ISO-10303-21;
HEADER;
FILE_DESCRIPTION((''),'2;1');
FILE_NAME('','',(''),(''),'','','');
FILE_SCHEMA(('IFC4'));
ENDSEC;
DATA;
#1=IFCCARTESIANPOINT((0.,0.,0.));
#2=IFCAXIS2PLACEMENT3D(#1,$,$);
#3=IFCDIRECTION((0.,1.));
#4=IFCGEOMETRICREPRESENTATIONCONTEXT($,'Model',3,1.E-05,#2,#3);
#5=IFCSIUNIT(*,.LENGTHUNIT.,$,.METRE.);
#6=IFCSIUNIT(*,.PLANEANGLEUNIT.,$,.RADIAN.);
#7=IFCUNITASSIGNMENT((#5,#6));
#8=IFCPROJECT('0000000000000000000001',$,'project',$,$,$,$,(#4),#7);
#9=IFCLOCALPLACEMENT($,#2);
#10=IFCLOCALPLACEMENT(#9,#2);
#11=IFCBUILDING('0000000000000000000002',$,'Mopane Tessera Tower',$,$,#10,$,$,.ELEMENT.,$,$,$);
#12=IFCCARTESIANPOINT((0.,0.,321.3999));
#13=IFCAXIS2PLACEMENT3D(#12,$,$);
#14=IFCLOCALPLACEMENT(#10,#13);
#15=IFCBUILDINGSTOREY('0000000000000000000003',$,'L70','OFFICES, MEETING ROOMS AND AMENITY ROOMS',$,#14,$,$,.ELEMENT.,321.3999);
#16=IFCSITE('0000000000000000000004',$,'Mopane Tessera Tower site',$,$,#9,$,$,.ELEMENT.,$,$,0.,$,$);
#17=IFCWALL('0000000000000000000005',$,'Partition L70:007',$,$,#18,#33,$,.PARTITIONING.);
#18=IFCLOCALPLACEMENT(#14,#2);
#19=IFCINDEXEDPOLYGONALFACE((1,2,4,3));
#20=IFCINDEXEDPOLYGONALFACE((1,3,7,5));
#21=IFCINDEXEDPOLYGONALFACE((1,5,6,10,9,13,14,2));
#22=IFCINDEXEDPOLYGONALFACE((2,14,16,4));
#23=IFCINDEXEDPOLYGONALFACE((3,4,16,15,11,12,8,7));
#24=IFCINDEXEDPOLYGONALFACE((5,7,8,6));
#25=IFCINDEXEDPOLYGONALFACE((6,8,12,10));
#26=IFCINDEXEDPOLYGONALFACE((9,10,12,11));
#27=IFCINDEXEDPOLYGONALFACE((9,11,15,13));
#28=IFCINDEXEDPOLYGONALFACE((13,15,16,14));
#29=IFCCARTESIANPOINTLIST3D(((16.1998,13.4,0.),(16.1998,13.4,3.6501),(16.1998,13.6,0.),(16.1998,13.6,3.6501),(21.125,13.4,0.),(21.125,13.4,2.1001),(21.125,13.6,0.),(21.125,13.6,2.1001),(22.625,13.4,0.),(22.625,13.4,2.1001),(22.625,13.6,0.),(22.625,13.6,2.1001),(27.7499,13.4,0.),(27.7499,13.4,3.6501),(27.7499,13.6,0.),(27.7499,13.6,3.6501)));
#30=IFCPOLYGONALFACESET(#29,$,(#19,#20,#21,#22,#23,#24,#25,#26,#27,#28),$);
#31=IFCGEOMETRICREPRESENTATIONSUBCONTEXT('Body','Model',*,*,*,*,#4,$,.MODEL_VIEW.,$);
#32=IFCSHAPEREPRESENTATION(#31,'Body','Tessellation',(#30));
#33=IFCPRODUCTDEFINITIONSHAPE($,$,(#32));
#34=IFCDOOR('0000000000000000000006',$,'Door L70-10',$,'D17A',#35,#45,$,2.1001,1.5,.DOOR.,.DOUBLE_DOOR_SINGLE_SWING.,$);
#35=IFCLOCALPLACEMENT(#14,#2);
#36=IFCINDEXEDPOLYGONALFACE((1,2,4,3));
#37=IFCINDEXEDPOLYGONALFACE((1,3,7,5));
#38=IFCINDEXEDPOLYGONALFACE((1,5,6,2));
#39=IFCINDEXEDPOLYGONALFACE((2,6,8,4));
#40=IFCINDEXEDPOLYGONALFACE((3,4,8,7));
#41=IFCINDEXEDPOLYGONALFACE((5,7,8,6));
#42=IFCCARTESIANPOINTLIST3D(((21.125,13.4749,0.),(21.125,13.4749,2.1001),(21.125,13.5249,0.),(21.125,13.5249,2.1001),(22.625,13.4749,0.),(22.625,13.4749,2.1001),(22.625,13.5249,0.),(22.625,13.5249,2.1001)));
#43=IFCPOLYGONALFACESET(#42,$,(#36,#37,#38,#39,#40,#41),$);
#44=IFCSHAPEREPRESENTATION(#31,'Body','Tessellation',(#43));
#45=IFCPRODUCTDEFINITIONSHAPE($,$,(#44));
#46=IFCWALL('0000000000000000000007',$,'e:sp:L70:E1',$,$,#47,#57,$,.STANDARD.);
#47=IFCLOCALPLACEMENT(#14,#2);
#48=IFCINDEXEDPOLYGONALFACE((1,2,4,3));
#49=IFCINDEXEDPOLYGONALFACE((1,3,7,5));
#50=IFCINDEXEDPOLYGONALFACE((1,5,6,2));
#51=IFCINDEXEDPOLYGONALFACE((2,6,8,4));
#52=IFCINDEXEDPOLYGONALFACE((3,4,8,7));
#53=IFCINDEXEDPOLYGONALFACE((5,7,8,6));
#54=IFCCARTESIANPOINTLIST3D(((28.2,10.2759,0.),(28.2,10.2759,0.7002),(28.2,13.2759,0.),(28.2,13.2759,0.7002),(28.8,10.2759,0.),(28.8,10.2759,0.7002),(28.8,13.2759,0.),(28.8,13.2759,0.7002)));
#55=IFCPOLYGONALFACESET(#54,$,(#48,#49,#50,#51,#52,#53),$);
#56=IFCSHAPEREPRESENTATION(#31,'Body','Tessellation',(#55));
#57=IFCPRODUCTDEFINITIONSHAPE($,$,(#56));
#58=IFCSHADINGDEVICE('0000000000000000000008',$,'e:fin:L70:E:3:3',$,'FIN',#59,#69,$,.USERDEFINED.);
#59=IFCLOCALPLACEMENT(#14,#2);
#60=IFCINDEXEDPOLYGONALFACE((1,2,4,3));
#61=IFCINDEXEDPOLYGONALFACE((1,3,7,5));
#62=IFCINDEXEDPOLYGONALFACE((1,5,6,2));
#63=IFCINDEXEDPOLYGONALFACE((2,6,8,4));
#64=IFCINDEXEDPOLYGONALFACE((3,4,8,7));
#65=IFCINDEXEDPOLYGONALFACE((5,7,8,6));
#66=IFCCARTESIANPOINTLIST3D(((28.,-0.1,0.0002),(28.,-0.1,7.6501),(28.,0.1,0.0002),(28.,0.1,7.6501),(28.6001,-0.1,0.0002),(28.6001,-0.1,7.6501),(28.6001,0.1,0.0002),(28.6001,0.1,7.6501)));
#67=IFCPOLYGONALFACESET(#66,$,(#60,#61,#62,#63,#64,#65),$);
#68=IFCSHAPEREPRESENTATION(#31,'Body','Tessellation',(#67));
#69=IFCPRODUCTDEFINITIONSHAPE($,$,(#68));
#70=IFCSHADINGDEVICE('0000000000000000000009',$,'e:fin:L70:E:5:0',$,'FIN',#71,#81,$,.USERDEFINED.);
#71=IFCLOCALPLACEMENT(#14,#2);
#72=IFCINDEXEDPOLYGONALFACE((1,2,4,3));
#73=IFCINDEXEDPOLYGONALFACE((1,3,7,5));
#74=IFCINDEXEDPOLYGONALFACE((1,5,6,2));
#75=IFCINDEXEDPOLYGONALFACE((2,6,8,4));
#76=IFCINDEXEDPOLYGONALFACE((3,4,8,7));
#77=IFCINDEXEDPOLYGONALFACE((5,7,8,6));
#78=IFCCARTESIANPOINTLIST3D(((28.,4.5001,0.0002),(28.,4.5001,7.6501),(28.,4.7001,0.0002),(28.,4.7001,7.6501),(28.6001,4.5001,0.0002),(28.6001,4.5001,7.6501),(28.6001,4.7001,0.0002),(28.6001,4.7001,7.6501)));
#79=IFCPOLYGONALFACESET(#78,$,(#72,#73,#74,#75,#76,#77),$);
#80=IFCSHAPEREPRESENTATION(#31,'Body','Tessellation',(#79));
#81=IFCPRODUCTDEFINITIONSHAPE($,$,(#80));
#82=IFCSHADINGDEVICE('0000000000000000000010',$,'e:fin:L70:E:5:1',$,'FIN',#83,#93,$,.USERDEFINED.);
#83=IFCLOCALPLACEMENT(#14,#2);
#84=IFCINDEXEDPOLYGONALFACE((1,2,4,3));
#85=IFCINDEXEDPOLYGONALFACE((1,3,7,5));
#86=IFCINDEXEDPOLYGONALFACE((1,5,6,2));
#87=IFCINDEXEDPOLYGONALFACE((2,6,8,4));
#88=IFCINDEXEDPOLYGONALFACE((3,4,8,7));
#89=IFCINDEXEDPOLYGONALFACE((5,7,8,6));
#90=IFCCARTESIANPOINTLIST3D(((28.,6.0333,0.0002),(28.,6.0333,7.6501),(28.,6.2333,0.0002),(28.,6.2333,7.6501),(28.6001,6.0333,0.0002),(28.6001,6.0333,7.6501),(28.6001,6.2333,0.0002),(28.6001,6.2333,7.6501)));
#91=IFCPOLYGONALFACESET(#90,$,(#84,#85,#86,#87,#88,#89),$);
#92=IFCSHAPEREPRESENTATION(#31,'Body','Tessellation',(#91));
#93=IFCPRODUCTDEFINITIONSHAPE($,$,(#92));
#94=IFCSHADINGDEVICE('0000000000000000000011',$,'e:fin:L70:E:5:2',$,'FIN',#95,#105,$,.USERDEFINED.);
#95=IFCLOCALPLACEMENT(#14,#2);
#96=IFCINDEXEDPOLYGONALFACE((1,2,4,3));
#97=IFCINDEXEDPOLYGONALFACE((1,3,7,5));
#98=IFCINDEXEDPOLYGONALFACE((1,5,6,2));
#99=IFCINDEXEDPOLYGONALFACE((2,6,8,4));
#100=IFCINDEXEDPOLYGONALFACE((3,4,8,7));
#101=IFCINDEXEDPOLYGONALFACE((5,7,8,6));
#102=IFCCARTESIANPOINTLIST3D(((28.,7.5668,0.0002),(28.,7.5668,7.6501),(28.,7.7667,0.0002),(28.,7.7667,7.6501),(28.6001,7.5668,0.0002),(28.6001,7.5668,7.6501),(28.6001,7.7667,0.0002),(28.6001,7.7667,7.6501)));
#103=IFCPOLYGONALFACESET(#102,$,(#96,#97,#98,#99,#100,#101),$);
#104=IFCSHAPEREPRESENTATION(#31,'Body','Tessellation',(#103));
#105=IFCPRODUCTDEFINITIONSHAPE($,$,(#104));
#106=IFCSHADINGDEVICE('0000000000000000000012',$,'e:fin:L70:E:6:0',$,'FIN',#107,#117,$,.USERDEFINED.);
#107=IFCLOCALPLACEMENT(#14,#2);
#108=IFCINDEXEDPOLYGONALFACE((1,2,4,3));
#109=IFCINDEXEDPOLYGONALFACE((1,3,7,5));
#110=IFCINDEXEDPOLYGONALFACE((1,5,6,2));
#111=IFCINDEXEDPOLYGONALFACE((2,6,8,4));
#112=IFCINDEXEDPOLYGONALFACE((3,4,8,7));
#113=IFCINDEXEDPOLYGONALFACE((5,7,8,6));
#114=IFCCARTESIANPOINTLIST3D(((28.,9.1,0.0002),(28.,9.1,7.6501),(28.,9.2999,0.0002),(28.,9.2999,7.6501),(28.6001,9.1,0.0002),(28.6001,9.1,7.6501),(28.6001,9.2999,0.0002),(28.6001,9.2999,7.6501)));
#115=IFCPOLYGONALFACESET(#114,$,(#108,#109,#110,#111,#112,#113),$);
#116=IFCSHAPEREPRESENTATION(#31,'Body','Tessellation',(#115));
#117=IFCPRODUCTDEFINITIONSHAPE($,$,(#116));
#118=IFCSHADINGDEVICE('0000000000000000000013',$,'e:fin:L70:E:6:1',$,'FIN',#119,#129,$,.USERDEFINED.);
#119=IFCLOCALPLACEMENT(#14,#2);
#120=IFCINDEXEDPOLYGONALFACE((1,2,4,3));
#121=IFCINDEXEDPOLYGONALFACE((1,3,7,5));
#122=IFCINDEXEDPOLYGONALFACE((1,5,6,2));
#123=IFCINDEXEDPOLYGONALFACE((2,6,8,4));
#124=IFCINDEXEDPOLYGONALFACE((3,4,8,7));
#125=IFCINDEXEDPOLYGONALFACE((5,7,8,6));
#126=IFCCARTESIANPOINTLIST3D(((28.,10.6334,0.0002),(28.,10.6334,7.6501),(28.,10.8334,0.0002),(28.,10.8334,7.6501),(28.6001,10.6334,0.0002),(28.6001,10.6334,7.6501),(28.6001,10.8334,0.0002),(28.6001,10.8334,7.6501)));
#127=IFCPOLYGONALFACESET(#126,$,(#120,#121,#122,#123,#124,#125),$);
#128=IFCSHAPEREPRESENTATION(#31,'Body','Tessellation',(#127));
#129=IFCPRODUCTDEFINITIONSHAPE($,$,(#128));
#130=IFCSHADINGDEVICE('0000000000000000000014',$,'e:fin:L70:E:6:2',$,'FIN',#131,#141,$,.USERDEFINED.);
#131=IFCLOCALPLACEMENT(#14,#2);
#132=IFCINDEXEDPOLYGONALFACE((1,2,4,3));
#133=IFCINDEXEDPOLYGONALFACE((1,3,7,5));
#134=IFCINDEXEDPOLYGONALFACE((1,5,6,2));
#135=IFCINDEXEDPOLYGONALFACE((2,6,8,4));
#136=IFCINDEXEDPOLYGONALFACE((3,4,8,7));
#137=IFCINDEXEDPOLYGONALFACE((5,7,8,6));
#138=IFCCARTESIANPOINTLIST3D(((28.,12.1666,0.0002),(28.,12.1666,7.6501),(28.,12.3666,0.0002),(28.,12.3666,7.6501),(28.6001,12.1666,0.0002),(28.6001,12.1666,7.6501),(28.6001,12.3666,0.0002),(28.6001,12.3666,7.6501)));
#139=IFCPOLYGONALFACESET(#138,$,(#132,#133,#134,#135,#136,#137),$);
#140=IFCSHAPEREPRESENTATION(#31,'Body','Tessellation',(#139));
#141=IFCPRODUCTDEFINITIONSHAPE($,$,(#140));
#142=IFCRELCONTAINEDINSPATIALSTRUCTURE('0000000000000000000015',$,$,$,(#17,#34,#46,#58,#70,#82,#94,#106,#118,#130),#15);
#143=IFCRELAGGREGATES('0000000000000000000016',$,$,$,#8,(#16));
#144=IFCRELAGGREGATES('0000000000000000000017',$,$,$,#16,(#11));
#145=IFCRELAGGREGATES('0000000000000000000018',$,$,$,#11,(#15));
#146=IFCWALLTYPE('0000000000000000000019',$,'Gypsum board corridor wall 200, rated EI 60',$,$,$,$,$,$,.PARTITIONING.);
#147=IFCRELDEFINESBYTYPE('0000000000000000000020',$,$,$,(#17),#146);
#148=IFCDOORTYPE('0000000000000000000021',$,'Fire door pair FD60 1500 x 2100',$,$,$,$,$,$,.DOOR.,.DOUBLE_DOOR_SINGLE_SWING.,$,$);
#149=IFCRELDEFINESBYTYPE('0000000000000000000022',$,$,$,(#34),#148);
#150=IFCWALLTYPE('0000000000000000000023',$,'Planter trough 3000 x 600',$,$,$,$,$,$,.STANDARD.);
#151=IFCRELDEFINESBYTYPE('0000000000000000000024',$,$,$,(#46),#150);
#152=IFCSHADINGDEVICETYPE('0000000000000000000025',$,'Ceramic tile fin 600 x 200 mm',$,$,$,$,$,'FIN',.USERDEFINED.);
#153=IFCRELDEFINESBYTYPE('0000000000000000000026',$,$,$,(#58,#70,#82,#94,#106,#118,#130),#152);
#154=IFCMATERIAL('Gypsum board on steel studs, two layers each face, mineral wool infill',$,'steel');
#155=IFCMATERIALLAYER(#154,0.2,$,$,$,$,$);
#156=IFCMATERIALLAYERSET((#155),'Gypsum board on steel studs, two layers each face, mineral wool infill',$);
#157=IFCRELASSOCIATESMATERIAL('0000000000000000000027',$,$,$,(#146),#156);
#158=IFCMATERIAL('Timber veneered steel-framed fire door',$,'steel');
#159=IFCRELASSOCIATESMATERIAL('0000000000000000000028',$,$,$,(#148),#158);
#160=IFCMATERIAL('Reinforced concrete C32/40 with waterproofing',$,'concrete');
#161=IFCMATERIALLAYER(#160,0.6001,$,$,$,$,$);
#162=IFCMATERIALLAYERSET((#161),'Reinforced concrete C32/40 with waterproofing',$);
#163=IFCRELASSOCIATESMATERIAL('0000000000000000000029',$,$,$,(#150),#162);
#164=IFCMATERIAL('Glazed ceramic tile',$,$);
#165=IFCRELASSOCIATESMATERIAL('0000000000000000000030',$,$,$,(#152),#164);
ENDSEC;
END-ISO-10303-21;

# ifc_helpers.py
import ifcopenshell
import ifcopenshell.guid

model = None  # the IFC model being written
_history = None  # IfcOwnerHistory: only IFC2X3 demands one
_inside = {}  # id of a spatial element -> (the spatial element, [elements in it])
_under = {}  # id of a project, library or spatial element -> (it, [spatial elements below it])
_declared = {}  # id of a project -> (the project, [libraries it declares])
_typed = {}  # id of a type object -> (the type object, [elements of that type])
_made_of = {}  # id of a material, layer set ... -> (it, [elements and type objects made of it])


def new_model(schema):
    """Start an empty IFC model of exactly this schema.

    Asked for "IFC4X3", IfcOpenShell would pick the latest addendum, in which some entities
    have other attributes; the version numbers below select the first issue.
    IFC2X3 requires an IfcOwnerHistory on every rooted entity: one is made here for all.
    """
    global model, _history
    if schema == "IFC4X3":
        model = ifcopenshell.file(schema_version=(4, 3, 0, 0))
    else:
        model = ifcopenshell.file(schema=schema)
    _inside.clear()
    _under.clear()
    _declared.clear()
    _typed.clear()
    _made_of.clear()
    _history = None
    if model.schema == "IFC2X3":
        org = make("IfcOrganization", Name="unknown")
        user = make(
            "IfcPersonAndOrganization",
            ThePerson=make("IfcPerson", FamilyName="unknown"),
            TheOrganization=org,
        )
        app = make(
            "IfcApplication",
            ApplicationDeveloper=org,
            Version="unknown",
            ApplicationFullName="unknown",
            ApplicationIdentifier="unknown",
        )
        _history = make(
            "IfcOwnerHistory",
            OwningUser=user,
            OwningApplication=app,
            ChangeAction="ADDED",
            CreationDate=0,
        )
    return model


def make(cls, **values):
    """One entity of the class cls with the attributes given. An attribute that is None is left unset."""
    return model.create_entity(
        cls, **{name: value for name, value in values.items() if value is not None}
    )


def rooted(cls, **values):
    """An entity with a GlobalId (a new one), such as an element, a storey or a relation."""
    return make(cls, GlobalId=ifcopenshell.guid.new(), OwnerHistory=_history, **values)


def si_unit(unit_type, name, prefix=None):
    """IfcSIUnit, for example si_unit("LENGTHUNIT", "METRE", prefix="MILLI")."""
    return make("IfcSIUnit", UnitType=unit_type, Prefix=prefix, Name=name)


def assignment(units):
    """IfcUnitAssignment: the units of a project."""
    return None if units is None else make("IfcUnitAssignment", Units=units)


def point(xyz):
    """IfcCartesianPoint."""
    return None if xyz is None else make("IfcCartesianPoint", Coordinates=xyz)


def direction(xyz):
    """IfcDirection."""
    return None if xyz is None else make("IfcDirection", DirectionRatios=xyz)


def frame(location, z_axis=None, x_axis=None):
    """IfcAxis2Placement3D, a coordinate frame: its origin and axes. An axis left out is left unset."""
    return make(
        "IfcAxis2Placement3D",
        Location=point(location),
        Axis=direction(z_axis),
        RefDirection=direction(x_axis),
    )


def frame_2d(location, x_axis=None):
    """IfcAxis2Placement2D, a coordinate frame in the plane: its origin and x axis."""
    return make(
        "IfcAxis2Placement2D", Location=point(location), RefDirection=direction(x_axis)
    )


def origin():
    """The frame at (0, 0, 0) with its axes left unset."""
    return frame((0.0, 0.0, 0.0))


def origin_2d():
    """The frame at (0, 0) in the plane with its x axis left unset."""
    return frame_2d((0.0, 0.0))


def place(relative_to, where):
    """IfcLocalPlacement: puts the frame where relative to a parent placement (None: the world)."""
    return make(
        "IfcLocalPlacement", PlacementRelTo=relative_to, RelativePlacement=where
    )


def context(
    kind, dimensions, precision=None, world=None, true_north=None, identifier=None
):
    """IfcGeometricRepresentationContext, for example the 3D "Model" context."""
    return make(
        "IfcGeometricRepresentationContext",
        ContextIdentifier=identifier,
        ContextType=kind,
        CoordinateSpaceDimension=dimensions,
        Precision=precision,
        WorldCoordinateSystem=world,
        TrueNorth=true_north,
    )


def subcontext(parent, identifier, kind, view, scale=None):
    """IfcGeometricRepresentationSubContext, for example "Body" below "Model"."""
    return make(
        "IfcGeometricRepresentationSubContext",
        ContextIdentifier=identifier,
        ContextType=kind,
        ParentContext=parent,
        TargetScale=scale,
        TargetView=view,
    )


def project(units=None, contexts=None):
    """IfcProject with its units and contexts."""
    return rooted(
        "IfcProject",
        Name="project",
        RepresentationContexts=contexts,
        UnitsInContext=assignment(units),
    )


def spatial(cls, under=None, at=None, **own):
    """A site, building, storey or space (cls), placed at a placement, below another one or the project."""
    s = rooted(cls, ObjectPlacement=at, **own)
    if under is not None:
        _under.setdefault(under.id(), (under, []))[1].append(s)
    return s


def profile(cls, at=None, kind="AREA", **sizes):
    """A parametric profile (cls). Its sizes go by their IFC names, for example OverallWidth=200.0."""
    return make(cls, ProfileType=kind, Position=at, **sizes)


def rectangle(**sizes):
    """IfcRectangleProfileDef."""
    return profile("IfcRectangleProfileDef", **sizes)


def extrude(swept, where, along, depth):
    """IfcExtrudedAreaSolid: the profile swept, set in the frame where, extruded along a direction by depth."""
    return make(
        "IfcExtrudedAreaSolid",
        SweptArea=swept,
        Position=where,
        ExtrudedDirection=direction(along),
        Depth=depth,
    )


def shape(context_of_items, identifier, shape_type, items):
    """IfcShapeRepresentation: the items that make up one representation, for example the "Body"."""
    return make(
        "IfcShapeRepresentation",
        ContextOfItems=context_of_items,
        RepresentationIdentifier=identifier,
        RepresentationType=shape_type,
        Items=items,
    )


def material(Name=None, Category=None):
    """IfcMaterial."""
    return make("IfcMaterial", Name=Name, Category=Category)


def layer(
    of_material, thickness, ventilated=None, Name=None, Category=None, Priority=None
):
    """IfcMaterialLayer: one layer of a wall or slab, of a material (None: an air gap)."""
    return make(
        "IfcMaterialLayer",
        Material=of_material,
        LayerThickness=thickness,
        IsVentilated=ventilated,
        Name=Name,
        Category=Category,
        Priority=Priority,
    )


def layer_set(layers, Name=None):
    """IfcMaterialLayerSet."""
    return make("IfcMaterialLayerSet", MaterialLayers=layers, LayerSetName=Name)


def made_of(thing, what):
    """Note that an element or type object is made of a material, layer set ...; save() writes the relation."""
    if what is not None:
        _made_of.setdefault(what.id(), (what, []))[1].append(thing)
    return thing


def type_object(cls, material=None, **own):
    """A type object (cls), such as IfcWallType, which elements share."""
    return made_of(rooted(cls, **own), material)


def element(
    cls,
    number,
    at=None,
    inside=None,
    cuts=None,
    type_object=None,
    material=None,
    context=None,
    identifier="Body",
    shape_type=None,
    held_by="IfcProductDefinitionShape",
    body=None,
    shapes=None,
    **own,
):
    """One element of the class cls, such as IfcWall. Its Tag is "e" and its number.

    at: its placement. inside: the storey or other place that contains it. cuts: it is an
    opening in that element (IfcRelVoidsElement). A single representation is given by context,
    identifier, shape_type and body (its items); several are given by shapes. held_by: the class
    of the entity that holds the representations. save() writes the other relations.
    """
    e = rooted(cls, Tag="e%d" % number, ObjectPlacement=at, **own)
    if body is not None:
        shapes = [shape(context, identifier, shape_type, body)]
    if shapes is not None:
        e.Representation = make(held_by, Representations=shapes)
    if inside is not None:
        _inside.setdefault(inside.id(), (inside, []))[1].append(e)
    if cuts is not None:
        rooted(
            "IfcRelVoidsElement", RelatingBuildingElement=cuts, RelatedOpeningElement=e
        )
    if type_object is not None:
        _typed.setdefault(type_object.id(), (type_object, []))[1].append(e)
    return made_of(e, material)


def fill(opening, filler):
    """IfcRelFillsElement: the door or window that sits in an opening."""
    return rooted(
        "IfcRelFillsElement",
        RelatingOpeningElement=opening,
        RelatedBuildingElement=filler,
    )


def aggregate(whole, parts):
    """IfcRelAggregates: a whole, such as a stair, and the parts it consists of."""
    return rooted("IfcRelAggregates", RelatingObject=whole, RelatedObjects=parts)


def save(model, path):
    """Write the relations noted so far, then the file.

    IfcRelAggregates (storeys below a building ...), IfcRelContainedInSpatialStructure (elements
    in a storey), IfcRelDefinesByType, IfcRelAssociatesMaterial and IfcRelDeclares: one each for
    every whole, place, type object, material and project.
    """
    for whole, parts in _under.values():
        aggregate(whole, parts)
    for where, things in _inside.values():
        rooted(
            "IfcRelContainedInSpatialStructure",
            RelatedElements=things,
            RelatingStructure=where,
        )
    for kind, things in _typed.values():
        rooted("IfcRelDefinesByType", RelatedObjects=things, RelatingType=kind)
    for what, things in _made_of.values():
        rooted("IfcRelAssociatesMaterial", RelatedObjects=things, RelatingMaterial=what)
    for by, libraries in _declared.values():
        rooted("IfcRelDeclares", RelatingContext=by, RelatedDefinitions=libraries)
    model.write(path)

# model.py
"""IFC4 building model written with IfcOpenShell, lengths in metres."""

from ifc_helpers import new_model, si_unit, direction, frame, frame_2d, origin, origin_2d, place, context, subcontext, project, spatial, rectangle, extrude, material, layer, layer_set, type_object, element, fill, save


model = new_model("IFC4")

# Units and contexts
model_context = context("Model", 3, precision=1e-05, world=origin(), true_north=direction((0.0, 1.0)))
body_context = subcontext(model_context, "Body", "Model", "MODEL_VIEW")
ifc_project = project(units=[si_unit("LENGTHUNIT", "METRE"), si_unit("PLANEANGLEUNIT", "RADIAN")], contexts=[model_context])

# Site, building, storey
site_placement = place(None, origin())
site = spatial("IfcSite", under=ifc_project, at=site_placement, Name="Mopane Tessera Tower site", CompositionType="ELEMENT", RefElevation=0.0)
building_placement = place(site_placement, origin())
building = spatial("IfcBuilding", under=site, at=building_placement, Name="Mopane Tessera Tower", CompositionType="ELEMENT")
storey_placement = place(building_placement, frame((0.0, 0.0, 321.3999)))
storey = spatial("IfcBuildingStorey", under=building, at=storey_placement, Name="L70", Description="OFFICES, MEETING ROOMS AND AMENITY ROOMS", CompositionType="ELEMENT", Elevation=321.3999)

# Wall, opening, door
ifc_material_1 = material(Name="Gypsum board on steel studs, two layers each face, mineral wool infill", Category="steel")
ifc_layer_1 = layer(ifc_material_1, 0.2)
ifc_layer_set_1 = layer_set([ifc_layer_1], Name="Gypsum board on steel studs, two layers each face, mineral wool infill")
wall_type_1 = type_object("IfcWallType", Name="Gypsum board corridor wall 200, rated EI 60", PredefinedType="PARTITIONING", material=ifc_layer_set_1)
wall_1_placement = place(storey_placement, frame((16.2, 13.5, 0.0), z_axis=(0.0, 0.0, 1.0), x_axis=(1.0, 0.0, 0.0)))
wall_1 = element("IfcWall", 1, at=wall_1_placement, inside=storey, type_object=wall_type_1, Name="Partition L70:007", PredefinedType="PARTITIONING", context=body_context, shape_type="SweptSolid", body=[
    extrude(rectangle(XDim=11.55, YDim=0.2, at=frame_2d((5.7749, 0.0))), origin(), (0.0, 0.0, 1.0), 3.6501),
])
opening_1_placement = place(wall_1_placement, frame((4.925, 0.0, 0.0)))
opening_1 = element("IfcOpeningElement", 2, at=opening_1_placement, cuts=wall_1, PredefinedType="OPENING", context=body_context, shape_type="SweptSolid", body=[
    extrude(rectangle(XDim=1.5, YDim=2.1001, at=frame_2d((0.75, 1.05))), frame((0.0, 0.1121, 0.0), z_axis=(0.0, -1.0, 0.0), x_axis=(1.0, 0.0, 0.0)), (0.0, 0.0, 1.0), 0.2239),
])
ifc_material_2 = material(Name="Timber veneered steel-framed fire door", Category="steel")
door_type_1 = type_object("IfcDoorType", Name="Fire door pair FD60 1500 x 2100", OperationType="DOUBLE_DOOR_SINGLE_SWING", PredefinedType="DOOR", material=ifc_material_2)
door_1_placement = place(opening_1_placement, origin())
door_1 = element("IfcDoor", 3, at=door_1_placement, inside=storey, type_object=door_type_1, Name="Door L70-10", ObjectType="D17A", OperationType="DOUBLE_DOOR_SINGLE_SWING", OverallHeight=2.1001, OverallWidth=1.5, PredefinedType="DOOR", context=body_context, shape_type="SweptSolid", body=[
    extrude(rectangle(XDim=1.5, YDim=2.1001, at=frame_2d((0.75, 1.05))), frame((0.0, 0.0249, 0.0), z_axis=(0.0, -1.0, 0.0), x_axis=(1.0, 0.0, 0.0)), (0.0, 0.0, 1.0), 0.05),
])
fill(opening_1, door_1)

# Wall
ifc_material_3 = material(Name="Reinforced concrete C32/40 with waterproofing", Category="concrete")
ifc_layer_2 = layer(ifc_material_3, 0.6001)
ifc_layer_set_2 = layer_set([ifc_layer_2], Name="Reinforced concrete C32/40 with waterproofing")
wall_type_2 = type_object("IfcWallType", Name="Planter trough 3000 x 600", PredefinedType="STANDARD", material=ifc_layer_set_2)
wall_2_placement = place(storey_placement, frame((28.5, 10.2759, 0.0), z_axis=(0.0, 0.0, 1.0), x_axis=(0.0, 1.0, 0.0)))
element("IfcWall", 4, at=wall_2_placement, inside=storey, type_object=wall_type_2, Name="e:sp:L70:E1", PredefinedType="STANDARD", context=body_context, shape_type="SweptSolid", body=[
    extrude(rectangle(XDim=3.0, YDim=0.6001, at=frame_2d((1.5, 0.0))), origin(), (0.0, 0.0, 1.0), 0.7002),
])

# Shading devices
ifc_material_4 = material(Name="Glazed ceramic tile")
shading_device_type = type_object("IfcShadingDeviceType", Name="Ceramic tile fin 600 x 200 mm", ElementType="FIN", PredefinedType="USERDEFINED", material=ifc_material_4)
for number, where, z_axis, x_axis, name in (
    (5, (28.3, 0.0, 0.0002), (0.0, 0.0, 1.0), (0.0, 1.0, 0.0), "e:fin:L70:E:3:3"),
    (6, (28.3, 4.6001, 0.0002), (0.0, 0.0, 1.0), (0.0, 1.0, 0.0), "e:fin:L70:E:5:0"),
    (7, (28.3, 6.1333, 0.0002), (0.0, 0.0, 1.0), (0.0, 1.0, 0.0), "e:fin:L70:E:5:1"),
    (8, (28.3, 7.6667, 0.0002), (0.0, 0.0, 1.0), (0.0, 1.0, 0.0), "e:fin:L70:E:5:2"),
    (9, (28.3, 9.2, 0.0002), (0.0, 0.0, 1.0), (0.0, 1.0, 0.0), "e:fin:L70:E:6:0"),
    (10, (28.3, 10.7334, 0.0002), (0.0, 0.0, 1.0), (0.0, 1.0, 0.0), "e:fin:L70:E:6:1"),
    (11, (28.3, 12.2666, 0.0002), (0.0, 0.0, 1.0), (0.0, 1.0, 0.0), "e:fin:L70:E:6:2"),
):
    element("IfcShadingDevice", number, at=place(storey_placement, frame(where, z_axis=z_axis, x_axis=x_axis)), inside=storey, type_object=shading_device_type, Name=name, ObjectType="FIN", PredefinedType="USERDEFINED", context=body_context, shape_type="SweptSolid", body=[
        extrude(rectangle(XDim=0.2, YDim=0.6001, at=origin_2d()), origin(), (0.0, 0.0, 1.0), 7.6499),
    ])

save(model, "model.ifc")
